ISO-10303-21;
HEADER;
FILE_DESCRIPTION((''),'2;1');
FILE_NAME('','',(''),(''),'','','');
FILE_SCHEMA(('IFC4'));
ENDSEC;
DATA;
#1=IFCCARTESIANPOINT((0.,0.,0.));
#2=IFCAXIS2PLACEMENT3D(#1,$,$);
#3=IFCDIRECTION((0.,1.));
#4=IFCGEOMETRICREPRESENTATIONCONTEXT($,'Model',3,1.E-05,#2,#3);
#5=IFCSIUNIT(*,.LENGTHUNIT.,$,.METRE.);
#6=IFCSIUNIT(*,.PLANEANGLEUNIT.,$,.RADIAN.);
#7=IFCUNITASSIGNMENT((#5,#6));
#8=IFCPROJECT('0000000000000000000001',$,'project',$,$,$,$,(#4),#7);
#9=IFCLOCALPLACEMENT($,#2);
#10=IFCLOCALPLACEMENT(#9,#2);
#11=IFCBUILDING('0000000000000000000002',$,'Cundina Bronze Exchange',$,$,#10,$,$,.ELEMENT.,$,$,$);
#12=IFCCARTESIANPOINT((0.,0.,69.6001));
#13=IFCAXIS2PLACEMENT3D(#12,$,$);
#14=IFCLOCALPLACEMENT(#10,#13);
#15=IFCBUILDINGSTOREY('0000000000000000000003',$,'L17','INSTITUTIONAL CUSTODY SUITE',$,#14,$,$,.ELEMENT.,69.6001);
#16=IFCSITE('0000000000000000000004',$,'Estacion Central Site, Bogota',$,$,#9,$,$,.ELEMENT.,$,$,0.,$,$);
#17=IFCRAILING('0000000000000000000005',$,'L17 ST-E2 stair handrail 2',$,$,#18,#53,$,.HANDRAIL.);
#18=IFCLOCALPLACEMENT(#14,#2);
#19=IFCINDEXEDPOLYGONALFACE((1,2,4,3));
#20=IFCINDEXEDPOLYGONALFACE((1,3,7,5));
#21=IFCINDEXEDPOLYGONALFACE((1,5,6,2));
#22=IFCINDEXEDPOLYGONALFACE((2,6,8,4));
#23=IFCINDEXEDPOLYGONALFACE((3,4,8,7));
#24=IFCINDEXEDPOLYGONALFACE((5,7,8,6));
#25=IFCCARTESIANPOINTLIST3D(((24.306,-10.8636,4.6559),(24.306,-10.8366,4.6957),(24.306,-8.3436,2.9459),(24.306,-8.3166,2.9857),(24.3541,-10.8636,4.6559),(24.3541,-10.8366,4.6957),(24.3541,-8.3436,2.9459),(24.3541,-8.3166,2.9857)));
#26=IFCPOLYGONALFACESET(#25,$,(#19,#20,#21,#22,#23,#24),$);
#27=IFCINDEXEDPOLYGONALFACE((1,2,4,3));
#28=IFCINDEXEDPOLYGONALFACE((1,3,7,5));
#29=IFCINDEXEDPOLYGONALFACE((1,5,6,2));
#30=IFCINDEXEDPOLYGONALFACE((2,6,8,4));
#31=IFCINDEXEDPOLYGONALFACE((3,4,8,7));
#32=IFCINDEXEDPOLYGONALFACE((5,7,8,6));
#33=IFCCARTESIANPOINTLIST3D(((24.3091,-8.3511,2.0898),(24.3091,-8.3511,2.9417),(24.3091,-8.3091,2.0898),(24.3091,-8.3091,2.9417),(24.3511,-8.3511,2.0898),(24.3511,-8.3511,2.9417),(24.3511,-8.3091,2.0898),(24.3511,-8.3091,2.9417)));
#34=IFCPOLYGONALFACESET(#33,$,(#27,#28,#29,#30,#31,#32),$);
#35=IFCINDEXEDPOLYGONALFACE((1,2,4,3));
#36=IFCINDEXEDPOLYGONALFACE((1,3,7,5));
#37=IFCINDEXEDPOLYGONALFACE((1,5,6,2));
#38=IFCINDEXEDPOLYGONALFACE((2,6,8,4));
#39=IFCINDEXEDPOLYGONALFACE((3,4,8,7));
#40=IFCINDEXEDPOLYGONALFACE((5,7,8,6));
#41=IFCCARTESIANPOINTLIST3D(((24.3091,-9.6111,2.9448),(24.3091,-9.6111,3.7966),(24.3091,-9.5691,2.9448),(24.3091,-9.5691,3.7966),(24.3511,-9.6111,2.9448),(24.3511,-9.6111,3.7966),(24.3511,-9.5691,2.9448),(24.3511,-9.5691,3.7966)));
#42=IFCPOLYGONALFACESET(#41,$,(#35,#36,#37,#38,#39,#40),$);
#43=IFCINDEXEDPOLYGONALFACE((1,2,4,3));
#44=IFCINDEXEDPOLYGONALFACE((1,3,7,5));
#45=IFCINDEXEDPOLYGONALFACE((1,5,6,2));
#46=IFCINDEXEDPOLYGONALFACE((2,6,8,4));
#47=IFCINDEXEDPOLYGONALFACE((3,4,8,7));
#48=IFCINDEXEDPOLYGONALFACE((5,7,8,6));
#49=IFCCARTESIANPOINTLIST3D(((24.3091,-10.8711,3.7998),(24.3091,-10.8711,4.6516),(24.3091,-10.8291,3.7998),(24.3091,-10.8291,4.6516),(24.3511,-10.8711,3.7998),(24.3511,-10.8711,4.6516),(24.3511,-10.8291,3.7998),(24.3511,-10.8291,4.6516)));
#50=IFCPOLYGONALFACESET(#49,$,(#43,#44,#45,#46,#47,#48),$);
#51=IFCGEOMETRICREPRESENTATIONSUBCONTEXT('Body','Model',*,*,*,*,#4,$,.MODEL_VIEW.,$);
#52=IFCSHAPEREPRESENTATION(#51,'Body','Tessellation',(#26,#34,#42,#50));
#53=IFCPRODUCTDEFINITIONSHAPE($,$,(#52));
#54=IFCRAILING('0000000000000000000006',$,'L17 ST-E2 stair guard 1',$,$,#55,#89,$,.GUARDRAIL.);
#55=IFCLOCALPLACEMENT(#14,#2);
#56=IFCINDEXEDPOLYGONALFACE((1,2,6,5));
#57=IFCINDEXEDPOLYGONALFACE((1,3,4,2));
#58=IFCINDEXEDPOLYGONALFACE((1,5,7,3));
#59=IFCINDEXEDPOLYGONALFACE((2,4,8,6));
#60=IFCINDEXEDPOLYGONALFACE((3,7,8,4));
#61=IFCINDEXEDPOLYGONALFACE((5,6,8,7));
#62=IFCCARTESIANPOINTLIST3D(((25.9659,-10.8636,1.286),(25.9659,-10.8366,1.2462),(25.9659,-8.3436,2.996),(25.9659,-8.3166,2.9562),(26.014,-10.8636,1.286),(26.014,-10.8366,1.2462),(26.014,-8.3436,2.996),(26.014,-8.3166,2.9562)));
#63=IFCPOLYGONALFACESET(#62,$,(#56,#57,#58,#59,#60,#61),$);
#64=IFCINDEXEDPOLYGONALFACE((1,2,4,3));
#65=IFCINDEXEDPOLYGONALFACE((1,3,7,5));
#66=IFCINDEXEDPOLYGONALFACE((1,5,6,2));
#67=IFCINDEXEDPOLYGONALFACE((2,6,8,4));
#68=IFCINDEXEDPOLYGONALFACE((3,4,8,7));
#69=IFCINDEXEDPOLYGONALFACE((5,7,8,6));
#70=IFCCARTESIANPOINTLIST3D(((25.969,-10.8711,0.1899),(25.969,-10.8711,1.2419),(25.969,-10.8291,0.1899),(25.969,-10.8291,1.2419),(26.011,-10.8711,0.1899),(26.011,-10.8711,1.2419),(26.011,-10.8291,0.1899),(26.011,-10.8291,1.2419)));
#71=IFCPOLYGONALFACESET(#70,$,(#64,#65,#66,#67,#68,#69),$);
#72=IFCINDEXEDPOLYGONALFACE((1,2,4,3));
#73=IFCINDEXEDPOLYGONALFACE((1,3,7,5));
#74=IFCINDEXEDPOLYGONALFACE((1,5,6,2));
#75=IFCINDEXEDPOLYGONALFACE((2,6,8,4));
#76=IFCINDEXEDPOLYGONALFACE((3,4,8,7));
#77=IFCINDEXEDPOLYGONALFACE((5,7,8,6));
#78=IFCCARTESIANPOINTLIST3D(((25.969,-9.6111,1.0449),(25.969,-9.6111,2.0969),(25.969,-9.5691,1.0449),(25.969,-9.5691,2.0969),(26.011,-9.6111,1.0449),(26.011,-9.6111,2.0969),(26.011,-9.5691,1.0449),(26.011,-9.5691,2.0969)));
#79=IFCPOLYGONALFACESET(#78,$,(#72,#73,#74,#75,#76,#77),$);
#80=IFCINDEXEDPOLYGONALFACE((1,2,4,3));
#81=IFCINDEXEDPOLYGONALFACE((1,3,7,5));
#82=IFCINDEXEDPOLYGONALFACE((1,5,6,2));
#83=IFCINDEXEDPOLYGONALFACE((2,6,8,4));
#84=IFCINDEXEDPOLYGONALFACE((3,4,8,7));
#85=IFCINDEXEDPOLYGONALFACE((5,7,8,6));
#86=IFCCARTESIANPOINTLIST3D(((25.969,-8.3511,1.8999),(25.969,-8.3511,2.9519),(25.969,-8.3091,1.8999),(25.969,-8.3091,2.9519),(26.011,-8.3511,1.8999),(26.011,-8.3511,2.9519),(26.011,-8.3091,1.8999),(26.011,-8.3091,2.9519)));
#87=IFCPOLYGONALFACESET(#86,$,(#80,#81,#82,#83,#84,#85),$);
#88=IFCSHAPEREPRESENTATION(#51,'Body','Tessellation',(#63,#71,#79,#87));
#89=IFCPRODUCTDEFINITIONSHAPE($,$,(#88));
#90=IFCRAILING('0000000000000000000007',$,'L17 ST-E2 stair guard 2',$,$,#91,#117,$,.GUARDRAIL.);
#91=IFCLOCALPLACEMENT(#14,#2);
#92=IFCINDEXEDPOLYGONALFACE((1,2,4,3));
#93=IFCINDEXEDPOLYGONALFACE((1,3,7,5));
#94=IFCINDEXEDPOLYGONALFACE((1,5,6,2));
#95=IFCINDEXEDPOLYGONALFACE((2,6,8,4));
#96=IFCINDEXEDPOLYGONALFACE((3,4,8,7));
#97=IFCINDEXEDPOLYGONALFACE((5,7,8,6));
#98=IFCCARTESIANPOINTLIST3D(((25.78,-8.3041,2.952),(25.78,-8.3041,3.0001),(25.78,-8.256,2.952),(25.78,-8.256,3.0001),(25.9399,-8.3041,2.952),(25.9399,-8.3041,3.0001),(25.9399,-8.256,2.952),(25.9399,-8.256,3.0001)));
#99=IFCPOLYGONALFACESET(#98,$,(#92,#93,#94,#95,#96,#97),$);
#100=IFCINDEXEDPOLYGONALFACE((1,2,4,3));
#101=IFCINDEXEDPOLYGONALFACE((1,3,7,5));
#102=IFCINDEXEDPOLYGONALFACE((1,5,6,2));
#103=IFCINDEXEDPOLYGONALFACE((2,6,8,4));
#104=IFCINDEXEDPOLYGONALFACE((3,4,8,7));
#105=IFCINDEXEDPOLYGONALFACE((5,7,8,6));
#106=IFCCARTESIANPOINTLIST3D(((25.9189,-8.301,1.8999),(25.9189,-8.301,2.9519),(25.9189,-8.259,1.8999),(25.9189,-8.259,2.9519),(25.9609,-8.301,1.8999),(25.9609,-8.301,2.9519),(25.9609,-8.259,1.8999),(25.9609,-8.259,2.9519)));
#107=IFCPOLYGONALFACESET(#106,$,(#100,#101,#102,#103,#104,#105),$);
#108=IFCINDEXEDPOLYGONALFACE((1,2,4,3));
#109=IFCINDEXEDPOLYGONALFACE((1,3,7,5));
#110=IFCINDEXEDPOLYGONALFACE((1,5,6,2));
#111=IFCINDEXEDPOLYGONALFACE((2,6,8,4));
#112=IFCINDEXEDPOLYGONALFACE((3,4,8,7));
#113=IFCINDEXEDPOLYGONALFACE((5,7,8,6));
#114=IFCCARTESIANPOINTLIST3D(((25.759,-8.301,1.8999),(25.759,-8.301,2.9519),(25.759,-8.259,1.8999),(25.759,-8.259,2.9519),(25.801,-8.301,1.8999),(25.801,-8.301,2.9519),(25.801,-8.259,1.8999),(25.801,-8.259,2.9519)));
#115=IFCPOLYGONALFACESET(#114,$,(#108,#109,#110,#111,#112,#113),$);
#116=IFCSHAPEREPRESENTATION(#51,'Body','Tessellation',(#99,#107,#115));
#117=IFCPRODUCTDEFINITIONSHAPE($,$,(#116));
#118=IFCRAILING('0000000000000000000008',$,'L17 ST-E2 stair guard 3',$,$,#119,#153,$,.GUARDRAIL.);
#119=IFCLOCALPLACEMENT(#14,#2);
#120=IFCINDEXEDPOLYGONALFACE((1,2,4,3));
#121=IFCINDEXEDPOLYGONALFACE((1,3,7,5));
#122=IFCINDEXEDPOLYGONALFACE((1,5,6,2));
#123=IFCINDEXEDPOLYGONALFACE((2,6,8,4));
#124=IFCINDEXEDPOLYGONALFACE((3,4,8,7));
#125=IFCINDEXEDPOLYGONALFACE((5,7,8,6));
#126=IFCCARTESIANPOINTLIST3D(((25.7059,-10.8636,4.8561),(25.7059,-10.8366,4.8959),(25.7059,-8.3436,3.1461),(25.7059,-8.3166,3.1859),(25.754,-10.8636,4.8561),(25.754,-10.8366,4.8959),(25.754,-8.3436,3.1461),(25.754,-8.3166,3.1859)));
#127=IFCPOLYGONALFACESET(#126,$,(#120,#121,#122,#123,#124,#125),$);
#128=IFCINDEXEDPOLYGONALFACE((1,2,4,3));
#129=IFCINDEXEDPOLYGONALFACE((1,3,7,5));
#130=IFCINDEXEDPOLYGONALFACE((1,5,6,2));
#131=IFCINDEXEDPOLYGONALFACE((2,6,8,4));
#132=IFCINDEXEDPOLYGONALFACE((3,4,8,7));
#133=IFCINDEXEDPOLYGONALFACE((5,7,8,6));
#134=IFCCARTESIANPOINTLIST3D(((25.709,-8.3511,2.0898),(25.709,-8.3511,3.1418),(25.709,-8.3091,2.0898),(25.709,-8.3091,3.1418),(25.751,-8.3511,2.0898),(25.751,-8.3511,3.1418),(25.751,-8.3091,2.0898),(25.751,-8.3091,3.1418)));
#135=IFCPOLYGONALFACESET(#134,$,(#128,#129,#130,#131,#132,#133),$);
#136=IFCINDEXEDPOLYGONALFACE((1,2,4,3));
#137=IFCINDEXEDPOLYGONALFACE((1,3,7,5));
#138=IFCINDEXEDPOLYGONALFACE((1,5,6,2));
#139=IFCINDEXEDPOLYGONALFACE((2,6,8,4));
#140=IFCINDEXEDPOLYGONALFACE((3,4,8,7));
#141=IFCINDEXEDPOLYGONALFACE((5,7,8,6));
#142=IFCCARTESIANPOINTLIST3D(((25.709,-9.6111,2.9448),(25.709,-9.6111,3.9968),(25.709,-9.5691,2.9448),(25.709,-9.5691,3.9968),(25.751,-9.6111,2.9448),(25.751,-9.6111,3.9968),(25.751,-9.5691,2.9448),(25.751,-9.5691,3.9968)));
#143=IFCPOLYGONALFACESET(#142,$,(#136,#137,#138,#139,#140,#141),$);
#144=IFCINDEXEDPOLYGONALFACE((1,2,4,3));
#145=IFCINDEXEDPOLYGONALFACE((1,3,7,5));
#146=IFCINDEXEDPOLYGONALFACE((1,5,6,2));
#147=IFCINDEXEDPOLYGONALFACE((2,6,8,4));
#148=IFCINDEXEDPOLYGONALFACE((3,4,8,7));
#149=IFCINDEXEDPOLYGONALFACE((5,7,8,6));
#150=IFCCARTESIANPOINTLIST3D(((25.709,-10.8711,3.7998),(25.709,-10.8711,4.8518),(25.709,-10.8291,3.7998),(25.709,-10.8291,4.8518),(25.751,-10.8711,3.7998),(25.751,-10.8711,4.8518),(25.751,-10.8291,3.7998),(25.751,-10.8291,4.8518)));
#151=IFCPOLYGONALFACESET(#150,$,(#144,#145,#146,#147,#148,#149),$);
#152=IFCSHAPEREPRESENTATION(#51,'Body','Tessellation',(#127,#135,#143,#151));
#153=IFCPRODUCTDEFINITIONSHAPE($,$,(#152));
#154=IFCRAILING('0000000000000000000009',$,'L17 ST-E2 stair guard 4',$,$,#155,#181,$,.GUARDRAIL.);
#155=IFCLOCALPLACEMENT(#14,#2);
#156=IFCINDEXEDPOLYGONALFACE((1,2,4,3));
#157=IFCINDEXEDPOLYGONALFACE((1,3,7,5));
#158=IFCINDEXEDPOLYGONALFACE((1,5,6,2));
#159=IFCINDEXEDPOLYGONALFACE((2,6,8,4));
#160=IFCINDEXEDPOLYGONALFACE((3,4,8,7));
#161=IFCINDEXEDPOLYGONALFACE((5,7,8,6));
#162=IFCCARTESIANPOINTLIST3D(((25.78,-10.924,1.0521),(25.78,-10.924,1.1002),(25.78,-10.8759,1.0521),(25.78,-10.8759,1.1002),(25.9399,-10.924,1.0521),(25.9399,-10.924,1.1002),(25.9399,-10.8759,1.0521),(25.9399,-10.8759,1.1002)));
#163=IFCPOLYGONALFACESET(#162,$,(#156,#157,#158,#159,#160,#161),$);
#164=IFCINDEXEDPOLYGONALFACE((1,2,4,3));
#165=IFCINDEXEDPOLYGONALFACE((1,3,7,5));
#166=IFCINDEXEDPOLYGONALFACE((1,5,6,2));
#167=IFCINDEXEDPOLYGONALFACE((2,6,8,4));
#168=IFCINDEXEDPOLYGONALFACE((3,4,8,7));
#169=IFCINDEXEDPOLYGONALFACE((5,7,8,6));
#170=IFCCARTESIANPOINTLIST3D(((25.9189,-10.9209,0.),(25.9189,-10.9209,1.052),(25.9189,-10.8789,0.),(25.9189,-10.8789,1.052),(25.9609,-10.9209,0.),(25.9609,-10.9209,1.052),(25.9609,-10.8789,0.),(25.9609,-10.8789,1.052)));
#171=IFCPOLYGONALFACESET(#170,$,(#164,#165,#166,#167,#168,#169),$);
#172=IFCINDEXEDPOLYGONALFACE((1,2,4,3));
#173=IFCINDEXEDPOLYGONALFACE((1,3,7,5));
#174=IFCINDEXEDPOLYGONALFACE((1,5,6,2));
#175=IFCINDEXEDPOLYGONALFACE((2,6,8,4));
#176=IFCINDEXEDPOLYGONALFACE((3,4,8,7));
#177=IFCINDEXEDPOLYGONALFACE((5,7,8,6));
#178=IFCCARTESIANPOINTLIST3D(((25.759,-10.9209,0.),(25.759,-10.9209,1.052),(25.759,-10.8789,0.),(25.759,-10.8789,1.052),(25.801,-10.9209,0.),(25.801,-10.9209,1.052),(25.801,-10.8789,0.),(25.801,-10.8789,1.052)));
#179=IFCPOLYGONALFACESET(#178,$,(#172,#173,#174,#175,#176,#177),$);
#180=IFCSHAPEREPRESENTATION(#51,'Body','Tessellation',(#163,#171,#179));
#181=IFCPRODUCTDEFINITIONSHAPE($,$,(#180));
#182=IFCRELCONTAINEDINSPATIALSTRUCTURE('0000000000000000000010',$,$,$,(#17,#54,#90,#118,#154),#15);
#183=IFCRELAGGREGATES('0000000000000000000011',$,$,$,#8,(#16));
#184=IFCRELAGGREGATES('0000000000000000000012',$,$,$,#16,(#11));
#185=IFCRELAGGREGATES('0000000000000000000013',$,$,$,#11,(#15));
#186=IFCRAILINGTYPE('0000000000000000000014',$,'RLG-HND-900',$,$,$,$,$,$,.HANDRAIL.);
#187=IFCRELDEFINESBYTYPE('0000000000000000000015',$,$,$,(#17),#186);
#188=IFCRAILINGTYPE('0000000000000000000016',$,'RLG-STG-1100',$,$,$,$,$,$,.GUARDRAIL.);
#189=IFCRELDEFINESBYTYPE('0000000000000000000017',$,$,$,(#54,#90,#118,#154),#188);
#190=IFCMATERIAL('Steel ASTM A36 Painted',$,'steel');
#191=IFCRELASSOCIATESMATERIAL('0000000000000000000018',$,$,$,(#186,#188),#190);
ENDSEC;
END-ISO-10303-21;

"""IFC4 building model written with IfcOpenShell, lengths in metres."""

from ifc_helpers import new_model, si_unit, direction, frame, origin, origin_2d, place, context, subcontext, project, spatial, rectangle, extrude, material, type_object, element, save


model = new_model("IFC4")

# Units and contexts
model_context = context("Model", 3, precision=1e-05, world=origin(), true_north=direction((0.0, 1.0)))
body_context = subcontext(model_context, "Body", "Model", "MODEL_VIEW")
ifc_project = project(units=[si_unit("LENGTHUNIT", "METRE"), si_unit("PLANEANGLEUNIT", "RADIAN")], contexts=[model_context])

# Site, building, storey
site_placement = place(None, origin())
site = spatial("IfcSite", under=ifc_project, at=site_placement, Name="Estacion Central Site, Bogota", CompositionType="ELEMENT", RefElevation=0.0)
building_placement = place(site_placement, origin())
building = spatial("IfcBuilding", under=site, at=building_placement, Name="Cundina Bronze Exchange", CompositionType="ELEMENT")
storey_placement = place(building_placement, frame((0.0, 0.0, 69.6001)))
storey = spatial("IfcBuildingStorey", under=building, at=storey_placement, Name="L17", Description="INSTITUTIONAL CUSTODY SUITE", CompositionType="ELEMENT", Elevation=69.6001)

# Shared definitions
ifc_material_1 = material(Name="Steel ASTM A36 Painted", Category="steel")

# Railings
railing_type_1 = type_object("IfcRailingType", Name="RLG-HND-900", PredefinedType="HANDRAIL", material=ifc_material_1)
railing_1_placement = place(storey_placement, frame((24.3301, -8.3301, 2.0898)))
element("IfcRailing", 1, at=railing_1_placement, inside=storey, type_object=railing_type_1, Name="L17 ST-E2 stair handrail 2", PredefinedType="HANDRAIL", context=body_context, shape_type="SweptSolid", body=[
    extrude(rectangle(XDim=0.0481, YDim=0.0481, at=origin_2d()), frame((0.0, 0.0, 0.876), z_axis=(0.0, -0.827484, 0.56149), x_axis=(1.0, 0.0, 0.0)), (0.0, 0.0, 1.0), 3.0454),
    extrude(rectangle(XDim=0.042, YDim=0.042, at=origin_2d()), origin(), (0.0, 0.0, 1.0), 0.8518),
    extrude(rectangle(XDim=0.042, YDim=0.042, at=origin_2d()), frame((0.0, -1.26, 0.855)), (0.0, 0.0, 1.0), 0.8518),
    extrude(rectangle(XDim=0.042, YDim=0.042, at=origin_2d()), frame((0.0, -2.52, 1.71)), (0.0, 0.0, 1.0), 0.8518),
])
railing_type_2 = type_object("IfcRailingType", Name="RLG-STG-1100", PredefinedType="GUARDRAIL", material=ifc_material_1)
railing_2_placement = place(storey_placement, frame((25.99, -10.8501, 0.1899)))
element("IfcRailing", 2, at=railing_2_placement, inside=storey, type_object=railing_type_2, Name="L17 ST-E2 stair guard 1", PredefinedType="GUARDRAIL", context=body_context, shape_type="SweptSolid", body=[
    extrude(rectangle(XDim=0.0481, YDim=0.0481, at=origin_2d()), frame((0.0, 0.0, 1.0762), z_axis=(0.0, 0.827484, 0.56149), x_axis=(-1.0, 0.0, 0.0)), (0.0, 0.0, 1.0), 3.0454),
    extrude(rectangle(XDim=0.042, YDim=0.042, at=origin_2d()), origin(), (0.0, 0.0, 1.0), 1.052),
    extrude(rectangle(XDim=0.042, YDim=0.042, at=origin_2d()), frame((0.0, 1.26, 0.855)), (0.0, 0.0, 1.0), 1.052),
    extrude(rectangle(XDim=0.042, YDim=0.042, at=origin_2d()), frame((0.0, 2.52, 1.71)), (0.0, 0.0, 1.0), 1.052),
])
railing_3_placement = place(storey_placement, frame((25.9399, -8.28, 1.8999)))
element("IfcRailing", 3, at=railing_3_placement, inside=storey, type_object=railing_type_2, Name="L17 ST-E2 stair guard 2", PredefinedType="GUARDRAIL", context=body_context, shape_type="SweptSolid", body=[
    extrude(rectangle(XDim=0.0481, YDim=0.0481, at=origin_2d()), frame((0.0, 0.0, 1.0762), z_axis=(-1.0, 0.0, 0.0), x_axis=(0.0, -1.0, 0.0)), (0.0, 0.0, 1.0), 0.1599),
    extrude(rectangle(XDim=0.042, YDim=0.042, at=origin_2d()), origin(), (0.0, 0.0, 1.0), 1.052),
    extrude(rectangle(XDim=0.042, YDim=0.042, at=origin_2d()), frame((-0.1599, 0.0, 0.0)), (0.0, 0.0, 1.0), 1.052),
])
railing_4_placement = place(storey_placement, frame((25.73, -8.3301, 2.0898)))
element("IfcRailing", 4, at=railing_4_placement, inside=storey, type_object=railing_type_2, Name="L17 ST-E2 stair guard 3", PredefinedType="GUARDRAIL", context=body_context, shape_type="SweptSolid", body=[
    extrude(rectangle(XDim=0.0481, YDim=0.0481, at=origin_2d()), frame((0.0, 0.0, 1.0762), z_axis=(0.0, -0.827484, 0.56149), x_axis=(1.0, 0.0, 0.0)), (0.0, 0.0, 1.0), 3.0454),
    extrude(rectangle(XDim=0.042, YDim=0.042, at=origin_2d()), origin(), (0.0, 0.0, 1.0), 1.052),
    extrude(rectangle(XDim=0.042, YDim=0.042, at=origin_2d()), frame((0.0, -1.26, 0.855)), (0.0, 0.0, 1.0), 1.052),
    extrude(rectangle(XDim=0.042, YDim=0.042, at=origin_2d()), frame((0.0, -2.52, 1.71)), (0.0, 0.0, 1.0), 1.052),
])
railing_5_placement = place(storey_placement, frame((25.9399, -10.8999, 0.0)))
element("IfcRailing", 5, at=railing_5_placement, inside=storey, type_object=railing_type_2, Name="L17 ST-E2 stair guard 4", PredefinedType="GUARDRAIL", context=body_context, shape_type="SweptSolid", body=[
    extrude(rectangle(XDim=0.0481, YDim=0.0481, at=origin_2d()), frame((0.0, 0.0, 1.0762), z_axis=(-1.0, 0.0, 0.0), x_axis=(0.0, -1.0, 0.0)), (0.0, 0.0, 1.0), 0.1599),
    extrude(rectangle(XDim=0.042, YDim=0.042, at=origin_2d()), origin(), (0.0, 0.0, 1.0), 1.052),
    extrude(rectangle(XDim=0.042, YDim=0.042, at=origin_2d()), frame((-0.1599, 0.0, 0.0)), (0.0, 0.0, 1.0), 1.052),
])

save(model, "model.ifc")
